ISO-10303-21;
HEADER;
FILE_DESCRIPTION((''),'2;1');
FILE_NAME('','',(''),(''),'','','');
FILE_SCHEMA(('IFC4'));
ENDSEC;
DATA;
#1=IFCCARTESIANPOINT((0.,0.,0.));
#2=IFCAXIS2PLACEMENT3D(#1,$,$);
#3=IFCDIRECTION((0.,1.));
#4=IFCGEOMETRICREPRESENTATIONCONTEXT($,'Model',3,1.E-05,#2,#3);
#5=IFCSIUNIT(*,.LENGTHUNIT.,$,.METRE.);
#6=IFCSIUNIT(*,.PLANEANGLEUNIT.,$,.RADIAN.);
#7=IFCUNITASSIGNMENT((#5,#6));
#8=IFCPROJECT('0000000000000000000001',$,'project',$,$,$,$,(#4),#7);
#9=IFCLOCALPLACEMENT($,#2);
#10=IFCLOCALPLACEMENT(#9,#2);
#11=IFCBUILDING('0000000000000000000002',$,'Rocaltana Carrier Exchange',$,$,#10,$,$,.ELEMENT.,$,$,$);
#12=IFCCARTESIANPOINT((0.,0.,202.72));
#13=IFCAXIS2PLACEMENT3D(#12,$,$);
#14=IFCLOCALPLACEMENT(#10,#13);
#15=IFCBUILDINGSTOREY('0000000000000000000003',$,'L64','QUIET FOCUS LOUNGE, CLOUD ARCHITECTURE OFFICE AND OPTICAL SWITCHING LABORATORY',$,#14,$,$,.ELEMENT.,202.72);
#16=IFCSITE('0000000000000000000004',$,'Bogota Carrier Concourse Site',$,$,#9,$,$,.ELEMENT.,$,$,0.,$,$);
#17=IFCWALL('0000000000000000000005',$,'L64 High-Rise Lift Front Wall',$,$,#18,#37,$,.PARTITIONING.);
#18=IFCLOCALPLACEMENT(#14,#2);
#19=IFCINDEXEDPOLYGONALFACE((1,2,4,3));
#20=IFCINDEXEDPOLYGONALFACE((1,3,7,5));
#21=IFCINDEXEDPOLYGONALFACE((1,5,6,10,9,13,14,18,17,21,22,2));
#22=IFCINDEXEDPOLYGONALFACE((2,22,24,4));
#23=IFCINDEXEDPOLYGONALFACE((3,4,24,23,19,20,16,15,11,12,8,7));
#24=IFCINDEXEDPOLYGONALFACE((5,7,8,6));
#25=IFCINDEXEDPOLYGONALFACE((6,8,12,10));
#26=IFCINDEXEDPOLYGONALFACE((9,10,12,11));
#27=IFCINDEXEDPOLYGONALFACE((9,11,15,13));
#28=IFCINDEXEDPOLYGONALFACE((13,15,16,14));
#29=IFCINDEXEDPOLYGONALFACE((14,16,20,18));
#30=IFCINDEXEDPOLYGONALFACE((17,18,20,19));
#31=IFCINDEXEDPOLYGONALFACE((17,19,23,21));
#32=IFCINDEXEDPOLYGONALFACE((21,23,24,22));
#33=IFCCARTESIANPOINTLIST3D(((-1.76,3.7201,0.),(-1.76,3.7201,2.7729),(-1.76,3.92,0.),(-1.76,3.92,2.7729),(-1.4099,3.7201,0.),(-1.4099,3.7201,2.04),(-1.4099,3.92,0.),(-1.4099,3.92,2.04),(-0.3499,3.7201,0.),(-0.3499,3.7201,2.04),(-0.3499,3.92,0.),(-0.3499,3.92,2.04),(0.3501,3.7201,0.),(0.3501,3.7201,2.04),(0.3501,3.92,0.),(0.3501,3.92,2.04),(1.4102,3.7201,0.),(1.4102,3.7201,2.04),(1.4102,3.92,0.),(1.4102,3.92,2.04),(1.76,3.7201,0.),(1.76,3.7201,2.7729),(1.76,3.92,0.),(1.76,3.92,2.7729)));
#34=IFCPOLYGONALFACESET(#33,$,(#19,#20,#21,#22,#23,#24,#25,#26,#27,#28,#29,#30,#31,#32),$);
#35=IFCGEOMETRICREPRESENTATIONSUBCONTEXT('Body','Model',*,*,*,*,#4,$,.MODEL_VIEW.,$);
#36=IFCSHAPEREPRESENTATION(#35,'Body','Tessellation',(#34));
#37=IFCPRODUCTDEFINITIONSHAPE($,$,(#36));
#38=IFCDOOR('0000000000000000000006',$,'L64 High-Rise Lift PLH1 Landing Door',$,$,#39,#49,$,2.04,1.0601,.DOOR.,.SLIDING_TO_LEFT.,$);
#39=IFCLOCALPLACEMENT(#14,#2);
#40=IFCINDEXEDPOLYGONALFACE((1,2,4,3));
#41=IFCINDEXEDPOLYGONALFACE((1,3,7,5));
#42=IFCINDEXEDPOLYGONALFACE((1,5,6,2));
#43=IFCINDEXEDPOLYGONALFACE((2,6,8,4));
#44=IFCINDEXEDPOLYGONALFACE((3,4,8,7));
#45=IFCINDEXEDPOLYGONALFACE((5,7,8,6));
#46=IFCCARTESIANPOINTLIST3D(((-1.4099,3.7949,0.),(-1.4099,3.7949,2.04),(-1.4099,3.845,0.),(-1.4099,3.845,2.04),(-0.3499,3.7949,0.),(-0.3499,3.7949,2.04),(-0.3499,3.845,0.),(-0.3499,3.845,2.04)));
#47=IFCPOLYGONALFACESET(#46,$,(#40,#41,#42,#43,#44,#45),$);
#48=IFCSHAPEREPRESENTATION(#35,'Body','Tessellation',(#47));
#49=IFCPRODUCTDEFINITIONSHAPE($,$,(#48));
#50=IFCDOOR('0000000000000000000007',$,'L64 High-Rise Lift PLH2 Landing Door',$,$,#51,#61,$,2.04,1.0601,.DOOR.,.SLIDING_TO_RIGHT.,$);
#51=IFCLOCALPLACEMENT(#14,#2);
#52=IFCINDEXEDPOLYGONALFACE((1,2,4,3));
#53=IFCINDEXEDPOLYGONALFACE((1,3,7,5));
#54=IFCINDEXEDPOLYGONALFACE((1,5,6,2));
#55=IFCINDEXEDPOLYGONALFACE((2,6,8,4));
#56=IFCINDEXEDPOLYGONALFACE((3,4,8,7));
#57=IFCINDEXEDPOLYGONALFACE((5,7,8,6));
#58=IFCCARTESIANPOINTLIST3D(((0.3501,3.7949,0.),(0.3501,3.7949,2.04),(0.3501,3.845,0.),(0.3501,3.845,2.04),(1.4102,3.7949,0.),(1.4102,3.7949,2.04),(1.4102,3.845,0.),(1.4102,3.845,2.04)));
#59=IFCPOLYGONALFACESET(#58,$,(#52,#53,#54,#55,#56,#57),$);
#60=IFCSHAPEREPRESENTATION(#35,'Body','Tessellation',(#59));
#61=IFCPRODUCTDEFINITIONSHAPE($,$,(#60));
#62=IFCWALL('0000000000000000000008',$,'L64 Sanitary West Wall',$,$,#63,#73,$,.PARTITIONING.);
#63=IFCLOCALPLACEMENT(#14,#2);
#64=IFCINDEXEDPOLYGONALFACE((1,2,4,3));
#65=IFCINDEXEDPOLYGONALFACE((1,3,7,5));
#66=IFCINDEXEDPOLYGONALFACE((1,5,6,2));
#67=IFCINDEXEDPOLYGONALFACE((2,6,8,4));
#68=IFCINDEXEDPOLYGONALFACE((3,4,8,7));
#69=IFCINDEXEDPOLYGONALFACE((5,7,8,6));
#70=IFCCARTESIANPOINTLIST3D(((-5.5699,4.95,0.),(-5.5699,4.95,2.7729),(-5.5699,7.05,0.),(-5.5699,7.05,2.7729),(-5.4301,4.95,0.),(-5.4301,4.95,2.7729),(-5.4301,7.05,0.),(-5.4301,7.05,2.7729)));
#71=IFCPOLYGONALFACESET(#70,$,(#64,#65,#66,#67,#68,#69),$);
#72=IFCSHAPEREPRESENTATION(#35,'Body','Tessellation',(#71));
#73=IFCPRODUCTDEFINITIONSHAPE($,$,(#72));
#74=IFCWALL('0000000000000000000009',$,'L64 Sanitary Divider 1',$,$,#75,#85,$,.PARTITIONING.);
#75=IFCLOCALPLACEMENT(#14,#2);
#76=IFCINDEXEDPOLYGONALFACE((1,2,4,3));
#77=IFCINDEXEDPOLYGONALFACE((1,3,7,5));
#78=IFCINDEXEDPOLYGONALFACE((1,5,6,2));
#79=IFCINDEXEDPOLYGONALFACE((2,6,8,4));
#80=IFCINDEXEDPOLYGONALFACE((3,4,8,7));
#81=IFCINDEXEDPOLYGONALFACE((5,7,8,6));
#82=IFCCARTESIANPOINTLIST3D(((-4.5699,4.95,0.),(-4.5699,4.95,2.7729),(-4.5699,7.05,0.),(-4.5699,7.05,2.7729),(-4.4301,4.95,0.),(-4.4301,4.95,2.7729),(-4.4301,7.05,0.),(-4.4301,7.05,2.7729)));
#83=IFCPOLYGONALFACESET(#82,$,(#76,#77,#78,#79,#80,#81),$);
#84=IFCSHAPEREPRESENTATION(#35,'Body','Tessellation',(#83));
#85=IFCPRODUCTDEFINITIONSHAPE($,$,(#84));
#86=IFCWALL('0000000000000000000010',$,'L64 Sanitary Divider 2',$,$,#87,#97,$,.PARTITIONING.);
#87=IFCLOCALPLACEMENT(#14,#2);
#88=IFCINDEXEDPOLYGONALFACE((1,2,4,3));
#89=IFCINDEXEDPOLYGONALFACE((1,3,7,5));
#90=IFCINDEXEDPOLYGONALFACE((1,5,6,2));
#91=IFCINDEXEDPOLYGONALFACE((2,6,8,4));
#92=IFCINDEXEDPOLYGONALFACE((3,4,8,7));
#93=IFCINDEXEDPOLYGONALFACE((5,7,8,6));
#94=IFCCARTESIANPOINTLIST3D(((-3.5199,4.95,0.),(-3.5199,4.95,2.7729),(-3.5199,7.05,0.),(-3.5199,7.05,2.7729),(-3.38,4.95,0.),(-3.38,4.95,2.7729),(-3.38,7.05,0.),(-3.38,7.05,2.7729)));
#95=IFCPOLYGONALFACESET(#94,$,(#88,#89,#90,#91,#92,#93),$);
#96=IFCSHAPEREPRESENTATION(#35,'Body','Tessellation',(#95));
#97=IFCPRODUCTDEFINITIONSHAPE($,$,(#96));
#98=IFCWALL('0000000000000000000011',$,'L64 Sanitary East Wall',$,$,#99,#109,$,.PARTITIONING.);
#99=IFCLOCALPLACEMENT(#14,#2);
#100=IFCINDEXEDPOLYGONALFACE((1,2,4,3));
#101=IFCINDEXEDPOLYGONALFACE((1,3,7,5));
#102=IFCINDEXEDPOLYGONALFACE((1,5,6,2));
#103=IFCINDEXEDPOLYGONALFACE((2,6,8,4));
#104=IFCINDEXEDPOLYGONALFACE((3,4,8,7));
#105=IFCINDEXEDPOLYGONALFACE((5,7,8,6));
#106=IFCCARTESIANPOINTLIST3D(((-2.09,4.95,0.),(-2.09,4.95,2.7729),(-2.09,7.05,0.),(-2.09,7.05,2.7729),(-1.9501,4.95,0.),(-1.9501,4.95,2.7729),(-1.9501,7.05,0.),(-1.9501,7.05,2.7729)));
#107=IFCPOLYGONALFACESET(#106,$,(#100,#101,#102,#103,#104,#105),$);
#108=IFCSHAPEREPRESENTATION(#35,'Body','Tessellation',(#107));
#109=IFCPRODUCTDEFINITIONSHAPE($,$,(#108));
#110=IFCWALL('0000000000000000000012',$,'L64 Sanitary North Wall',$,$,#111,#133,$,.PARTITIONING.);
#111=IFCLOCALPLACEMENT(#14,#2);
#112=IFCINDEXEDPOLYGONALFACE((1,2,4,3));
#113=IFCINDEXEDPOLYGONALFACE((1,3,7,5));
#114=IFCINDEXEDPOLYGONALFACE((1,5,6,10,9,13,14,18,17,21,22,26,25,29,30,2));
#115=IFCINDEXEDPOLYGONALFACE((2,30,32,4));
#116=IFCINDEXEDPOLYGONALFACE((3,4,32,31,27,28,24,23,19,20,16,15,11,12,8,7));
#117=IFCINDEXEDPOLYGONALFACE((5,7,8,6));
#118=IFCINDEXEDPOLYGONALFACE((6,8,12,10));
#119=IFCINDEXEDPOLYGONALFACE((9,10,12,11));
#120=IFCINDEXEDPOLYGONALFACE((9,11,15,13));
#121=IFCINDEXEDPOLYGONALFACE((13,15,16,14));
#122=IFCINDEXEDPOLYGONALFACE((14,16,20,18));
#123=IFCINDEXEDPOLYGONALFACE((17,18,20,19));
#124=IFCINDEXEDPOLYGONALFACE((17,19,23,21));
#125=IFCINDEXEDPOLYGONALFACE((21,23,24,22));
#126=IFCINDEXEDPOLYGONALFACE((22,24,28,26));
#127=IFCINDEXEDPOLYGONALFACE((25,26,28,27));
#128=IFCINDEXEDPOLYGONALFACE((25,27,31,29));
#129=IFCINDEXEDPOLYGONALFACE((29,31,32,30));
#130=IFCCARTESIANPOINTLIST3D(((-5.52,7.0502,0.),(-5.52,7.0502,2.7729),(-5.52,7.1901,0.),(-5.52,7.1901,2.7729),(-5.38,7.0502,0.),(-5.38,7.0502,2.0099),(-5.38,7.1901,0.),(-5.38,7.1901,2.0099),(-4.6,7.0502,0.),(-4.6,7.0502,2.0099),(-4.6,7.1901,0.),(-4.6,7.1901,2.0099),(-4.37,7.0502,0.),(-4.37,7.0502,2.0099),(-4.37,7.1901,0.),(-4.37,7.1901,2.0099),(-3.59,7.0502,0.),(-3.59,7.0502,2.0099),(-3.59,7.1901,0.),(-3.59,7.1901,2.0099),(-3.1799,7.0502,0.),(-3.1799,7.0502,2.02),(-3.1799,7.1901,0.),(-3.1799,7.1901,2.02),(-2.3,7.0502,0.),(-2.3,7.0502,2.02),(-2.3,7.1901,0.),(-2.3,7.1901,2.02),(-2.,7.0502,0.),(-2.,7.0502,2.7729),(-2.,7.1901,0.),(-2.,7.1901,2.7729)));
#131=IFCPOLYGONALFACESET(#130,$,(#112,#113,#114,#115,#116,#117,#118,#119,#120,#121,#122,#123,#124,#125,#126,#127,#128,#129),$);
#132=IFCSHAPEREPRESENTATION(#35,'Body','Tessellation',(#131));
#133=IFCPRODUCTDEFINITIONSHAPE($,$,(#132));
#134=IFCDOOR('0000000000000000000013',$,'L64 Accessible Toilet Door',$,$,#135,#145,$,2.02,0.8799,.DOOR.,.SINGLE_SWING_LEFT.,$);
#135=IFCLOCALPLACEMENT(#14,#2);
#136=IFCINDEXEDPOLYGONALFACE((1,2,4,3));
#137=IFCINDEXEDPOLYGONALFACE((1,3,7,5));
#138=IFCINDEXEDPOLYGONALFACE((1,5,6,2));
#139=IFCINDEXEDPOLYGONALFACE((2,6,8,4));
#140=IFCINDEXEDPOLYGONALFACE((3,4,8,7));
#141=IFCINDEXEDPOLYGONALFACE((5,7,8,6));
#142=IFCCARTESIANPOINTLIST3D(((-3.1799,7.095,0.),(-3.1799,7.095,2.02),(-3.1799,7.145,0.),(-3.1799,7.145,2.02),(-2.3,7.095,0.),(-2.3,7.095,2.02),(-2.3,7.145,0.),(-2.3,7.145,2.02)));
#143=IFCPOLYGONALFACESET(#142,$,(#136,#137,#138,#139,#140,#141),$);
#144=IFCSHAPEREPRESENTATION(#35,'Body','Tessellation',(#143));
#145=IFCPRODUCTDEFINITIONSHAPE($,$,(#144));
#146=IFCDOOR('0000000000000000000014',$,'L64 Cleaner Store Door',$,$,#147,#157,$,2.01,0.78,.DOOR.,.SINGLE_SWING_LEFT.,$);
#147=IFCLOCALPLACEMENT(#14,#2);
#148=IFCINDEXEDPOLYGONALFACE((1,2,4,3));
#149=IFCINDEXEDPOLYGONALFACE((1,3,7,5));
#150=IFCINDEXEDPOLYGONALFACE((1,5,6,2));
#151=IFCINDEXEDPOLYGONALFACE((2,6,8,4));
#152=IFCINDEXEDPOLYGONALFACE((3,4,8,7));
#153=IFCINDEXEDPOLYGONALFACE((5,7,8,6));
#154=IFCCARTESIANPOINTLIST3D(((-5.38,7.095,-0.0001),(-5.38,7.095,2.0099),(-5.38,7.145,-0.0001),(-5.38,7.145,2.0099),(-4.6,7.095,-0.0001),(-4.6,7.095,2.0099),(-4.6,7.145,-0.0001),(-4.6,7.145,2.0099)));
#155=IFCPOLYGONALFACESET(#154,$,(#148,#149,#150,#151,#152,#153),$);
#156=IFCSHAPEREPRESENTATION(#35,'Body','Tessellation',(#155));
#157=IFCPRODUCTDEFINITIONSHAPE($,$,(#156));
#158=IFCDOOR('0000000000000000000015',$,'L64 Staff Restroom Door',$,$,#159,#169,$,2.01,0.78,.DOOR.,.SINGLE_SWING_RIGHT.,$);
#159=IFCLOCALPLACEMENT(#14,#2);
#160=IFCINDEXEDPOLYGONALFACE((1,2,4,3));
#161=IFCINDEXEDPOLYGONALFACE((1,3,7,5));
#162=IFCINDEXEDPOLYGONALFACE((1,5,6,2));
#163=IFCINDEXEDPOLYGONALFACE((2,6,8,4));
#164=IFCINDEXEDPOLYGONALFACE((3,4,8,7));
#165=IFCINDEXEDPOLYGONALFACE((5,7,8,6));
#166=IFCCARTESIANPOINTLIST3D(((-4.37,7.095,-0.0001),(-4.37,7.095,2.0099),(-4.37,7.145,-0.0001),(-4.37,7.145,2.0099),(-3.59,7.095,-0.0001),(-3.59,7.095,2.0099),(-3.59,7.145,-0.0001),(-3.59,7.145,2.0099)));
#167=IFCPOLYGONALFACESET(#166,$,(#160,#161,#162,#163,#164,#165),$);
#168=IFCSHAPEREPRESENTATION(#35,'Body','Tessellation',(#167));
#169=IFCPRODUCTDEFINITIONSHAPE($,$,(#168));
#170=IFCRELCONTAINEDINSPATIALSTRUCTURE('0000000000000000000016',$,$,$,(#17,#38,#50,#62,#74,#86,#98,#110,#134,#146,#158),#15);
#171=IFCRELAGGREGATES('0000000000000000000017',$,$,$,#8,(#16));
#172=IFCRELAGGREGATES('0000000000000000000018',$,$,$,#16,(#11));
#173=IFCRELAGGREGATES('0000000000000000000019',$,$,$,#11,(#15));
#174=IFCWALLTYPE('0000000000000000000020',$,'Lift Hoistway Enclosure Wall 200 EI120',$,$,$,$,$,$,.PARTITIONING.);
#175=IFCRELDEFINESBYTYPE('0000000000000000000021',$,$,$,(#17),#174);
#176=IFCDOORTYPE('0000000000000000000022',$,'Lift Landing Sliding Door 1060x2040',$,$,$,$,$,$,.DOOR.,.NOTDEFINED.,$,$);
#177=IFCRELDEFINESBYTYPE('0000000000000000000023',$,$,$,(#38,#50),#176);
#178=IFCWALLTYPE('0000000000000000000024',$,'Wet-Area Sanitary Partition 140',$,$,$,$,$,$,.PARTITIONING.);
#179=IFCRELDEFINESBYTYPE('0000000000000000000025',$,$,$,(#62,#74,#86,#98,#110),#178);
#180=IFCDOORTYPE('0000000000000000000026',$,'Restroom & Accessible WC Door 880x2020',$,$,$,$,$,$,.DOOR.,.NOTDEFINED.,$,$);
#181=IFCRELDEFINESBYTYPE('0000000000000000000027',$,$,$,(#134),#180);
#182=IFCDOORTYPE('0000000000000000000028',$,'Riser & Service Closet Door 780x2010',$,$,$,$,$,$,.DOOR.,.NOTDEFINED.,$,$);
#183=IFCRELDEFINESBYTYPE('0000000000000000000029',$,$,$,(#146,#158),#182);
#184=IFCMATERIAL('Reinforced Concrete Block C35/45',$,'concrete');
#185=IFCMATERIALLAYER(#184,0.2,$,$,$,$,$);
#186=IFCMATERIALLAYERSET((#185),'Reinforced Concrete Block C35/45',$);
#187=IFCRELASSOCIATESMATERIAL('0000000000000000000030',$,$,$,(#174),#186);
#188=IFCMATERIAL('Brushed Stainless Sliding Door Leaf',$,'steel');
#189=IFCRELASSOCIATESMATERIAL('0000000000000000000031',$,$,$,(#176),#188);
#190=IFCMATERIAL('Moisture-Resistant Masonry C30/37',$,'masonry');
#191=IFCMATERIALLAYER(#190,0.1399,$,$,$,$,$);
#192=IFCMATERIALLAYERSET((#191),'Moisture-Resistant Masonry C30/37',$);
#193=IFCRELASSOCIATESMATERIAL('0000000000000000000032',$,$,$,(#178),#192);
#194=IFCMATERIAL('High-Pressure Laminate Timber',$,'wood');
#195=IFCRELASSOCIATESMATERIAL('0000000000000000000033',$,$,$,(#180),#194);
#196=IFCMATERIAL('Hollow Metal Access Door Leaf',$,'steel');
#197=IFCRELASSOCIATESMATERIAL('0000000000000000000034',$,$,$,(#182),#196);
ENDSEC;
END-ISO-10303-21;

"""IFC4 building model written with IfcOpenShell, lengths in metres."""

from ifc_helpers import new_model, si_unit, direction, frame, frame_2d, origin, place, context, subcontext, project, spatial, rectangle, extrude, material, layer, layer_set, type_object, element, fill, save


model = new_model("IFC4")

# Units and contexts
model_context = context("Model", 3, precision=1e-05, world=origin(), true_north=direction((0.0, 1.0)))
body_context = subcontext(model_context, "Body", "Model", "MODEL_VIEW")
ifc_project = project(units=[si_unit("LENGTHUNIT", "METRE"), si_unit("PLANEANGLEUNIT", "RADIAN")], contexts=[model_context])

# Site, building, storey
site_placement = place(None, origin())
site = spatial("IfcSite", under=ifc_project, at=site_placement, Name="Bogota Carrier Concourse Site", CompositionType="ELEMENT", RefElevation=0.0)
building_placement = place(site_placement, origin())
building = spatial("IfcBuilding", under=site, at=building_placement, Name="Rocaltana Carrier Exchange", CompositionType="ELEMENT")
storey_placement = place(building_placement, frame((0.0, 0.0, 202.72)))
storey = spatial("IfcBuildingStorey", under=building, at=storey_placement, Name="L64", Description="QUIET FOCUS LOUNGE, CLOUD ARCHITECTURE OFFICE AND OPTICAL SWITCHING LABORATORY", CompositionType="ELEMENT", Elevation=202.72)

# Shared definitions
ifc_material_1 = material(Name="Reinforced Concrete Block C35/45", Category="concrete")
ifc_layer_1 = layer(ifc_material_1, 0.2)
ifc_layer_set_1 = layer_set([ifc_layer_1], Name="Reinforced Concrete Block C35/45")
wall_type_1 = type_object("IfcWallType", Name="Lift Hoistway Enclosure Wall 200 EI120", PredefinedType="PARTITIONING", material=ifc_layer_set_1)

# Wall, openings, doors
wall_1_placement = place(storey_placement, frame((-1.76, 3.8201, 0.0), z_axis=(0.0, 0.0, 1.0), x_axis=(1.0, 0.0, 0.0)))
wall_1 = element("IfcWall", 1, at=wall_1_placement, inside=storey, type_object=wall_type_1, Name="L64 High-Rise Lift Front Wall", PredefinedType="PARTITIONING", context=body_context, shape_type="SweptSolid", body=[
    extrude(rectangle(XDim=3.52, YDim=0.2, at=frame_2d((1.76, 0.0))), origin(), (0.0, 0.0, 1.0), 2.7729),
])
opening_1_placement = place(wall_1_placement, frame((0.3501, 0.0, 0.0)))
opening_1 = element("IfcOpeningElement", 2, at=opening_1_placement, cuts=wall_1, PredefinedType="OPENING", context=body_context, shape_type="SweptSolid", body=[
    extrude(rectangle(XDim=1.0601, YDim=2.04, at=frame_2d((0.53, 1.02))), frame((0.0, 0.1099, 0.0), z_axis=(0.0, -1.0, 0.0), x_axis=(1.0, 0.0, 0.0)), (0.0, 0.0, 1.0), 0.22),
])
opening_2_placement = place(wall_1_placement, frame((2.1101, 0.0, 0.0)))
opening_2 = element("IfcOpeningElement", 3, at=opening_2_placement, cuts=wall_1, PredefinedType="OPENING", context=body_context, shape_type="SweptSolid", body=[
    extrude(rectangle(XDim=1.0601, YDim=2.04, at=frame_2d((0.53, 1.02))), frame((0.0, 0.1099, 0.0), z_axis=(0.0, -1.0, 0.0), x_axis=(1.0, 0.0, 0.0)), (0.0, 0.0, 1.0), 0.22),
])
ifc_material_2 = material(Name="Brushed Stainless Sliding Door Leaf", Category="steel")
door_type_1 = type_object("IfcDoorType", Name="Lift Landing Sliding Door 1060x2040", OperationType="NOTDEFINED", PredefinedType="DOOR", material=ifc_material_2)
door_1_placement = place(opening_1_placement, origin())
door_1 = element("IfcDoor", 4, at=door_1_placement, inside=storey, type_object=door_type_1, Name="L64 High-Rise Lift PLH1 Landing Door", OperationType="SLIDING_TO_LEFT", OverallHeight=2.04, OverallWidth=1.0601, PredefinedType="DOOR", context=body_context, shape_type="SweptSolid", body=[
    extrude(rectangle(XDim=1.0601, YDim=2.04, at=frame_2d((0.53, 1.02))), frame((0.0, 0.0249, 0.0), z_axis=(0.0, -1.0, 0.0), x_axis=(1.0, 0.0, 0.0)), (0.0, 0.0, 1.0), 0.05),
])
fill(opening_1, door_1)
door_2_placement = place(opening_2_placement, origin())
door_2 = element("IfcDoor", 5, at=door_2_placement, inside=storey, type_object=door_type_1, Name="L64 High-Rise Lift PLH2 Landing Door", OperationType="SLIDING_TO_RIGHT", OverallHeight=2.04, OverallWidth=1.0601, PredefinedType="DOOR", context=body_context, shape_type="SweptSolid", body=[
    extrude(rectangle(XDim=1.0601, YDim=2.04, at=frame_2d((0.53, 1.02))), frame((0.0, 0.0249, 0.0), z_axis=(0.0, -1.0, 0.0), x_axis=(1.0, 0.0, 0.0)), (0.0, 0.0, 1.0), 0.05),
])
fill(opening_2, door_2)

# Walls
ifc_material_3 = material(Name="Moisture-Resistant Masonry C30/37", Category="masonry")
ifc_layer_2 = layer(ifc_material_3, 0.1399)
ifc_layer_set_2 = layer_set([ifc_layer_2], Name="Moisture-Resistant Masonry C30/37")
wall_type_2 = type_object("IfcWallType", Name="Wet-Area Sanitary Partition 140", PredefinedType="PARTITIONING", material=ifc_layer_set_2)
for number, where, z_axis, x_axis, name in (
    (6, (-5.5, 4.95, 0.0), (0.0, 0.0, 1.0), (0.0, 1.0, 0.0), "L64 Sanitary West Wall"),
    (7, (-4.5, 4.95, 0.0), (0.0, 0.0, 1.0), (0.0, 1.0, 0.0), "L64 Sanitary Divider 1"),
    (8, (-3.45, 4.95, 0.0), (0.0, 0.0, 1.0), (0.0, 1.0, 0.0), "L64 Sanitary Divider 2"),
    (9, (-2.02, 4.95, 0.0), (0.0, 0.0, 1.0), (0.0, 1.0, 0.0), "L64 Sanitary East Wall"),
):
    element("IfcWall", number, at=place(storey_placement, frame(where, z_axis=z_axis, x_axis=x_axis)), inside=storey, type_object=wall_type_2, Name=name, PredefinedType="PARTITIONING", context=body_context, shape_type="SweptSolid", body=[
        extrude(rectangle(XDim=2.1001, YDim=0.1399, at=frame_2d((1.05, 0.0))), origin(), (0.0, 0.0, 1.0), 2.7729),
    ])

# Wall, openings, doors
wall_2_placement = place(storey_placement, frame((-5.52, 7.1201, 0.0), z_axis=(0.0, 0.0, 1.0), x_axis=(1.0, 0.0, 0.0)))
wall_2 = element("IfcWall", 10, at=wall_2_placement, inside=storey, type_object=wall_type_2, Name="L64 Sanitary North Wall", PredefinedType="PARTITIONING", context=body_context, shape_type="SweptSolid", body=[
    extrude(rectangle(XDim=3.52, YDim=0.1399, at=frame_2d((1.76, 0.0))), origin(), (0.0, 0.0, 1.0), 2.7729),
])
opening_3_placement = place(wall_2_placement, frame((0.1399, 0.0, 0.0)))
opening_3 = element("IfcOpeningElement", 11, at=opening_3_placement, cuts=wall_2, PredefinedType="OPENING", context=body_context, shape_type="SweptSolid", body=[
    extrude(rectangle(XDim=0.78, YDim=2.01, at=frame_2d((0.3901, 1.0049))), frame((0.0, 0.0798, 0.0), z_axis=(0.0, -1.0, 0.0), x_axis=(1.0, 0.0, 0.0)), (0.0, 0.0, 1.0), 0.1599),
])
opening_4_placement = place(wall_2_placement, frame((1.1499, 0.0, 0.0)))
opening_4 = element("IfcOpeningElement", 12, at=opening_4_placement, cuts=wall_2, PredefinedType="OPENING", context=body_context, shape_type="SweptSolid", body=[
    extrude(rectangle(XDim=0.78, YDim=2.01, at=frame_2d((0.3901, 1.0049))), frame((0.0, 0.0798, 0.0), z_axis=(0.0, -1.0, 0.0), x_axis=(1.0, 0.0, 0.0)), (0.0, 0.0, 1.0), 0.1599),
])
opening_5_placement = place(wall_2_placement, frame((2.3401, 0.0, 0.0)))
opening_5 = element("IfcOpeningElement", 13, at=opening_5_placement, cuts=wall_2, PredefinedType="OPENING", context=body_context, shape_type="SweptSolid", body=[
    extrude(rectangle(XDim=0.8799, YDim=2.02, at=frame_2d((0.4399, 1.01))), frame((0.0, 0.0798, 0.0), z_axis=(0.0, -1.0, 0.0), x_axis=(1.0, 0.0, 0.0)), (0.0, 0.0, 1.0), 0.1599),
])
ifc_material_4 = material(Name="High-Pressure Laminate Timber", Category="wood")
door_type_2 = type_object("IfcDoorType", Name="Restroom & Accessible WC Door 880x2020", OperationType="NOTDEFINED", PredefinedType="DOOR", material=ifc_material_4)
door_3_placement = place(opening_5_placement, origin())
door_3 = element("IfcDoor", 14, at=door_3_placement, inside=storey, type_object=door_type_2, Name="L64 Accessible Toilet Door", OperationType="SINGLE_SWING_LEFT", OverallHeight=2.02, OverallWidth=0.8799, PredefinedType="DOOR", context=body_context, shape_type="SweptSolid", body=[
    extrude(rectangle(XDim=0.8799, YDim=2.02, at=frame_2d((0.4399, 1.01))), frame((0.0, 0.0249, 0.0), z_axis=(0.0, -1.0, 0.0), x_axis=(1.0, 0.0, 0.0)), (0.0, 0.0, 1.0), 0.05),
])
fill(opening_5, door_3)
ifc_material_5 = material(Name="Hollow Metal Access Door Leaf", Category="steel")
door_type_3 = type_object("IfcDoorType", Name="Riser & Service Closet Door 780x2010", OperationType="NOTDEFINED", PredefinedType="DOOR", material=ifc_material_5)
door_4_placement = place(opening_3_placement, origin())
door_4 = element("IfcDoor", 15, at=door_4_placement, inside=storey, type_object=door_type_3, Name="L64 Cleaner Store Door", OperationType="SINGLE_SWING_LEFT", OverallHeight=2.01, OverallWidth=0.78, PredefinedType="DOOR", context=body_context, shape_type="SweptSolid", body=[
    extrude(rectangle(XDim=0.78, YDim=2.01, at=frame_2d((0.3901, 1.0049))), frame((0.0, 0.0249, 0.0), z_axis=(0.0, -1.0, 0.0), x_axis=(1.0, 0.0, 0.0)), (0.0, 0.0, 1.0), 0.05),
])
fill(opening_3, door_4)
door_5_placement = place(opening_4_placement, origin())
door_5 = element("IfcDoor", 16, at=door_5_placement, inside=storey, type_object=door_type_3, Name="L64 Staff Restroom Door", OperationType="SINGLE_SWING_RIGHT", OverallHeight=2.01, OverallWidth=0.78, PredefinedType="DOOR", context=body_context, shape_type="SweptSolid", body=[
    extrude(rectangle(XDim=0.78, YDim=2.01, at=frame_2d((0.3901, 1.0049))), frame((0.0, 0.0249, 0.0), z_axis=(0.0, -1.0, 0.0), x_axis=(1.0, 0.0, 0.0)), (0.0, 0.0, 1.0), 0.05),
])
fill(opening_4, door_5)

save(model, "model.ifc")
